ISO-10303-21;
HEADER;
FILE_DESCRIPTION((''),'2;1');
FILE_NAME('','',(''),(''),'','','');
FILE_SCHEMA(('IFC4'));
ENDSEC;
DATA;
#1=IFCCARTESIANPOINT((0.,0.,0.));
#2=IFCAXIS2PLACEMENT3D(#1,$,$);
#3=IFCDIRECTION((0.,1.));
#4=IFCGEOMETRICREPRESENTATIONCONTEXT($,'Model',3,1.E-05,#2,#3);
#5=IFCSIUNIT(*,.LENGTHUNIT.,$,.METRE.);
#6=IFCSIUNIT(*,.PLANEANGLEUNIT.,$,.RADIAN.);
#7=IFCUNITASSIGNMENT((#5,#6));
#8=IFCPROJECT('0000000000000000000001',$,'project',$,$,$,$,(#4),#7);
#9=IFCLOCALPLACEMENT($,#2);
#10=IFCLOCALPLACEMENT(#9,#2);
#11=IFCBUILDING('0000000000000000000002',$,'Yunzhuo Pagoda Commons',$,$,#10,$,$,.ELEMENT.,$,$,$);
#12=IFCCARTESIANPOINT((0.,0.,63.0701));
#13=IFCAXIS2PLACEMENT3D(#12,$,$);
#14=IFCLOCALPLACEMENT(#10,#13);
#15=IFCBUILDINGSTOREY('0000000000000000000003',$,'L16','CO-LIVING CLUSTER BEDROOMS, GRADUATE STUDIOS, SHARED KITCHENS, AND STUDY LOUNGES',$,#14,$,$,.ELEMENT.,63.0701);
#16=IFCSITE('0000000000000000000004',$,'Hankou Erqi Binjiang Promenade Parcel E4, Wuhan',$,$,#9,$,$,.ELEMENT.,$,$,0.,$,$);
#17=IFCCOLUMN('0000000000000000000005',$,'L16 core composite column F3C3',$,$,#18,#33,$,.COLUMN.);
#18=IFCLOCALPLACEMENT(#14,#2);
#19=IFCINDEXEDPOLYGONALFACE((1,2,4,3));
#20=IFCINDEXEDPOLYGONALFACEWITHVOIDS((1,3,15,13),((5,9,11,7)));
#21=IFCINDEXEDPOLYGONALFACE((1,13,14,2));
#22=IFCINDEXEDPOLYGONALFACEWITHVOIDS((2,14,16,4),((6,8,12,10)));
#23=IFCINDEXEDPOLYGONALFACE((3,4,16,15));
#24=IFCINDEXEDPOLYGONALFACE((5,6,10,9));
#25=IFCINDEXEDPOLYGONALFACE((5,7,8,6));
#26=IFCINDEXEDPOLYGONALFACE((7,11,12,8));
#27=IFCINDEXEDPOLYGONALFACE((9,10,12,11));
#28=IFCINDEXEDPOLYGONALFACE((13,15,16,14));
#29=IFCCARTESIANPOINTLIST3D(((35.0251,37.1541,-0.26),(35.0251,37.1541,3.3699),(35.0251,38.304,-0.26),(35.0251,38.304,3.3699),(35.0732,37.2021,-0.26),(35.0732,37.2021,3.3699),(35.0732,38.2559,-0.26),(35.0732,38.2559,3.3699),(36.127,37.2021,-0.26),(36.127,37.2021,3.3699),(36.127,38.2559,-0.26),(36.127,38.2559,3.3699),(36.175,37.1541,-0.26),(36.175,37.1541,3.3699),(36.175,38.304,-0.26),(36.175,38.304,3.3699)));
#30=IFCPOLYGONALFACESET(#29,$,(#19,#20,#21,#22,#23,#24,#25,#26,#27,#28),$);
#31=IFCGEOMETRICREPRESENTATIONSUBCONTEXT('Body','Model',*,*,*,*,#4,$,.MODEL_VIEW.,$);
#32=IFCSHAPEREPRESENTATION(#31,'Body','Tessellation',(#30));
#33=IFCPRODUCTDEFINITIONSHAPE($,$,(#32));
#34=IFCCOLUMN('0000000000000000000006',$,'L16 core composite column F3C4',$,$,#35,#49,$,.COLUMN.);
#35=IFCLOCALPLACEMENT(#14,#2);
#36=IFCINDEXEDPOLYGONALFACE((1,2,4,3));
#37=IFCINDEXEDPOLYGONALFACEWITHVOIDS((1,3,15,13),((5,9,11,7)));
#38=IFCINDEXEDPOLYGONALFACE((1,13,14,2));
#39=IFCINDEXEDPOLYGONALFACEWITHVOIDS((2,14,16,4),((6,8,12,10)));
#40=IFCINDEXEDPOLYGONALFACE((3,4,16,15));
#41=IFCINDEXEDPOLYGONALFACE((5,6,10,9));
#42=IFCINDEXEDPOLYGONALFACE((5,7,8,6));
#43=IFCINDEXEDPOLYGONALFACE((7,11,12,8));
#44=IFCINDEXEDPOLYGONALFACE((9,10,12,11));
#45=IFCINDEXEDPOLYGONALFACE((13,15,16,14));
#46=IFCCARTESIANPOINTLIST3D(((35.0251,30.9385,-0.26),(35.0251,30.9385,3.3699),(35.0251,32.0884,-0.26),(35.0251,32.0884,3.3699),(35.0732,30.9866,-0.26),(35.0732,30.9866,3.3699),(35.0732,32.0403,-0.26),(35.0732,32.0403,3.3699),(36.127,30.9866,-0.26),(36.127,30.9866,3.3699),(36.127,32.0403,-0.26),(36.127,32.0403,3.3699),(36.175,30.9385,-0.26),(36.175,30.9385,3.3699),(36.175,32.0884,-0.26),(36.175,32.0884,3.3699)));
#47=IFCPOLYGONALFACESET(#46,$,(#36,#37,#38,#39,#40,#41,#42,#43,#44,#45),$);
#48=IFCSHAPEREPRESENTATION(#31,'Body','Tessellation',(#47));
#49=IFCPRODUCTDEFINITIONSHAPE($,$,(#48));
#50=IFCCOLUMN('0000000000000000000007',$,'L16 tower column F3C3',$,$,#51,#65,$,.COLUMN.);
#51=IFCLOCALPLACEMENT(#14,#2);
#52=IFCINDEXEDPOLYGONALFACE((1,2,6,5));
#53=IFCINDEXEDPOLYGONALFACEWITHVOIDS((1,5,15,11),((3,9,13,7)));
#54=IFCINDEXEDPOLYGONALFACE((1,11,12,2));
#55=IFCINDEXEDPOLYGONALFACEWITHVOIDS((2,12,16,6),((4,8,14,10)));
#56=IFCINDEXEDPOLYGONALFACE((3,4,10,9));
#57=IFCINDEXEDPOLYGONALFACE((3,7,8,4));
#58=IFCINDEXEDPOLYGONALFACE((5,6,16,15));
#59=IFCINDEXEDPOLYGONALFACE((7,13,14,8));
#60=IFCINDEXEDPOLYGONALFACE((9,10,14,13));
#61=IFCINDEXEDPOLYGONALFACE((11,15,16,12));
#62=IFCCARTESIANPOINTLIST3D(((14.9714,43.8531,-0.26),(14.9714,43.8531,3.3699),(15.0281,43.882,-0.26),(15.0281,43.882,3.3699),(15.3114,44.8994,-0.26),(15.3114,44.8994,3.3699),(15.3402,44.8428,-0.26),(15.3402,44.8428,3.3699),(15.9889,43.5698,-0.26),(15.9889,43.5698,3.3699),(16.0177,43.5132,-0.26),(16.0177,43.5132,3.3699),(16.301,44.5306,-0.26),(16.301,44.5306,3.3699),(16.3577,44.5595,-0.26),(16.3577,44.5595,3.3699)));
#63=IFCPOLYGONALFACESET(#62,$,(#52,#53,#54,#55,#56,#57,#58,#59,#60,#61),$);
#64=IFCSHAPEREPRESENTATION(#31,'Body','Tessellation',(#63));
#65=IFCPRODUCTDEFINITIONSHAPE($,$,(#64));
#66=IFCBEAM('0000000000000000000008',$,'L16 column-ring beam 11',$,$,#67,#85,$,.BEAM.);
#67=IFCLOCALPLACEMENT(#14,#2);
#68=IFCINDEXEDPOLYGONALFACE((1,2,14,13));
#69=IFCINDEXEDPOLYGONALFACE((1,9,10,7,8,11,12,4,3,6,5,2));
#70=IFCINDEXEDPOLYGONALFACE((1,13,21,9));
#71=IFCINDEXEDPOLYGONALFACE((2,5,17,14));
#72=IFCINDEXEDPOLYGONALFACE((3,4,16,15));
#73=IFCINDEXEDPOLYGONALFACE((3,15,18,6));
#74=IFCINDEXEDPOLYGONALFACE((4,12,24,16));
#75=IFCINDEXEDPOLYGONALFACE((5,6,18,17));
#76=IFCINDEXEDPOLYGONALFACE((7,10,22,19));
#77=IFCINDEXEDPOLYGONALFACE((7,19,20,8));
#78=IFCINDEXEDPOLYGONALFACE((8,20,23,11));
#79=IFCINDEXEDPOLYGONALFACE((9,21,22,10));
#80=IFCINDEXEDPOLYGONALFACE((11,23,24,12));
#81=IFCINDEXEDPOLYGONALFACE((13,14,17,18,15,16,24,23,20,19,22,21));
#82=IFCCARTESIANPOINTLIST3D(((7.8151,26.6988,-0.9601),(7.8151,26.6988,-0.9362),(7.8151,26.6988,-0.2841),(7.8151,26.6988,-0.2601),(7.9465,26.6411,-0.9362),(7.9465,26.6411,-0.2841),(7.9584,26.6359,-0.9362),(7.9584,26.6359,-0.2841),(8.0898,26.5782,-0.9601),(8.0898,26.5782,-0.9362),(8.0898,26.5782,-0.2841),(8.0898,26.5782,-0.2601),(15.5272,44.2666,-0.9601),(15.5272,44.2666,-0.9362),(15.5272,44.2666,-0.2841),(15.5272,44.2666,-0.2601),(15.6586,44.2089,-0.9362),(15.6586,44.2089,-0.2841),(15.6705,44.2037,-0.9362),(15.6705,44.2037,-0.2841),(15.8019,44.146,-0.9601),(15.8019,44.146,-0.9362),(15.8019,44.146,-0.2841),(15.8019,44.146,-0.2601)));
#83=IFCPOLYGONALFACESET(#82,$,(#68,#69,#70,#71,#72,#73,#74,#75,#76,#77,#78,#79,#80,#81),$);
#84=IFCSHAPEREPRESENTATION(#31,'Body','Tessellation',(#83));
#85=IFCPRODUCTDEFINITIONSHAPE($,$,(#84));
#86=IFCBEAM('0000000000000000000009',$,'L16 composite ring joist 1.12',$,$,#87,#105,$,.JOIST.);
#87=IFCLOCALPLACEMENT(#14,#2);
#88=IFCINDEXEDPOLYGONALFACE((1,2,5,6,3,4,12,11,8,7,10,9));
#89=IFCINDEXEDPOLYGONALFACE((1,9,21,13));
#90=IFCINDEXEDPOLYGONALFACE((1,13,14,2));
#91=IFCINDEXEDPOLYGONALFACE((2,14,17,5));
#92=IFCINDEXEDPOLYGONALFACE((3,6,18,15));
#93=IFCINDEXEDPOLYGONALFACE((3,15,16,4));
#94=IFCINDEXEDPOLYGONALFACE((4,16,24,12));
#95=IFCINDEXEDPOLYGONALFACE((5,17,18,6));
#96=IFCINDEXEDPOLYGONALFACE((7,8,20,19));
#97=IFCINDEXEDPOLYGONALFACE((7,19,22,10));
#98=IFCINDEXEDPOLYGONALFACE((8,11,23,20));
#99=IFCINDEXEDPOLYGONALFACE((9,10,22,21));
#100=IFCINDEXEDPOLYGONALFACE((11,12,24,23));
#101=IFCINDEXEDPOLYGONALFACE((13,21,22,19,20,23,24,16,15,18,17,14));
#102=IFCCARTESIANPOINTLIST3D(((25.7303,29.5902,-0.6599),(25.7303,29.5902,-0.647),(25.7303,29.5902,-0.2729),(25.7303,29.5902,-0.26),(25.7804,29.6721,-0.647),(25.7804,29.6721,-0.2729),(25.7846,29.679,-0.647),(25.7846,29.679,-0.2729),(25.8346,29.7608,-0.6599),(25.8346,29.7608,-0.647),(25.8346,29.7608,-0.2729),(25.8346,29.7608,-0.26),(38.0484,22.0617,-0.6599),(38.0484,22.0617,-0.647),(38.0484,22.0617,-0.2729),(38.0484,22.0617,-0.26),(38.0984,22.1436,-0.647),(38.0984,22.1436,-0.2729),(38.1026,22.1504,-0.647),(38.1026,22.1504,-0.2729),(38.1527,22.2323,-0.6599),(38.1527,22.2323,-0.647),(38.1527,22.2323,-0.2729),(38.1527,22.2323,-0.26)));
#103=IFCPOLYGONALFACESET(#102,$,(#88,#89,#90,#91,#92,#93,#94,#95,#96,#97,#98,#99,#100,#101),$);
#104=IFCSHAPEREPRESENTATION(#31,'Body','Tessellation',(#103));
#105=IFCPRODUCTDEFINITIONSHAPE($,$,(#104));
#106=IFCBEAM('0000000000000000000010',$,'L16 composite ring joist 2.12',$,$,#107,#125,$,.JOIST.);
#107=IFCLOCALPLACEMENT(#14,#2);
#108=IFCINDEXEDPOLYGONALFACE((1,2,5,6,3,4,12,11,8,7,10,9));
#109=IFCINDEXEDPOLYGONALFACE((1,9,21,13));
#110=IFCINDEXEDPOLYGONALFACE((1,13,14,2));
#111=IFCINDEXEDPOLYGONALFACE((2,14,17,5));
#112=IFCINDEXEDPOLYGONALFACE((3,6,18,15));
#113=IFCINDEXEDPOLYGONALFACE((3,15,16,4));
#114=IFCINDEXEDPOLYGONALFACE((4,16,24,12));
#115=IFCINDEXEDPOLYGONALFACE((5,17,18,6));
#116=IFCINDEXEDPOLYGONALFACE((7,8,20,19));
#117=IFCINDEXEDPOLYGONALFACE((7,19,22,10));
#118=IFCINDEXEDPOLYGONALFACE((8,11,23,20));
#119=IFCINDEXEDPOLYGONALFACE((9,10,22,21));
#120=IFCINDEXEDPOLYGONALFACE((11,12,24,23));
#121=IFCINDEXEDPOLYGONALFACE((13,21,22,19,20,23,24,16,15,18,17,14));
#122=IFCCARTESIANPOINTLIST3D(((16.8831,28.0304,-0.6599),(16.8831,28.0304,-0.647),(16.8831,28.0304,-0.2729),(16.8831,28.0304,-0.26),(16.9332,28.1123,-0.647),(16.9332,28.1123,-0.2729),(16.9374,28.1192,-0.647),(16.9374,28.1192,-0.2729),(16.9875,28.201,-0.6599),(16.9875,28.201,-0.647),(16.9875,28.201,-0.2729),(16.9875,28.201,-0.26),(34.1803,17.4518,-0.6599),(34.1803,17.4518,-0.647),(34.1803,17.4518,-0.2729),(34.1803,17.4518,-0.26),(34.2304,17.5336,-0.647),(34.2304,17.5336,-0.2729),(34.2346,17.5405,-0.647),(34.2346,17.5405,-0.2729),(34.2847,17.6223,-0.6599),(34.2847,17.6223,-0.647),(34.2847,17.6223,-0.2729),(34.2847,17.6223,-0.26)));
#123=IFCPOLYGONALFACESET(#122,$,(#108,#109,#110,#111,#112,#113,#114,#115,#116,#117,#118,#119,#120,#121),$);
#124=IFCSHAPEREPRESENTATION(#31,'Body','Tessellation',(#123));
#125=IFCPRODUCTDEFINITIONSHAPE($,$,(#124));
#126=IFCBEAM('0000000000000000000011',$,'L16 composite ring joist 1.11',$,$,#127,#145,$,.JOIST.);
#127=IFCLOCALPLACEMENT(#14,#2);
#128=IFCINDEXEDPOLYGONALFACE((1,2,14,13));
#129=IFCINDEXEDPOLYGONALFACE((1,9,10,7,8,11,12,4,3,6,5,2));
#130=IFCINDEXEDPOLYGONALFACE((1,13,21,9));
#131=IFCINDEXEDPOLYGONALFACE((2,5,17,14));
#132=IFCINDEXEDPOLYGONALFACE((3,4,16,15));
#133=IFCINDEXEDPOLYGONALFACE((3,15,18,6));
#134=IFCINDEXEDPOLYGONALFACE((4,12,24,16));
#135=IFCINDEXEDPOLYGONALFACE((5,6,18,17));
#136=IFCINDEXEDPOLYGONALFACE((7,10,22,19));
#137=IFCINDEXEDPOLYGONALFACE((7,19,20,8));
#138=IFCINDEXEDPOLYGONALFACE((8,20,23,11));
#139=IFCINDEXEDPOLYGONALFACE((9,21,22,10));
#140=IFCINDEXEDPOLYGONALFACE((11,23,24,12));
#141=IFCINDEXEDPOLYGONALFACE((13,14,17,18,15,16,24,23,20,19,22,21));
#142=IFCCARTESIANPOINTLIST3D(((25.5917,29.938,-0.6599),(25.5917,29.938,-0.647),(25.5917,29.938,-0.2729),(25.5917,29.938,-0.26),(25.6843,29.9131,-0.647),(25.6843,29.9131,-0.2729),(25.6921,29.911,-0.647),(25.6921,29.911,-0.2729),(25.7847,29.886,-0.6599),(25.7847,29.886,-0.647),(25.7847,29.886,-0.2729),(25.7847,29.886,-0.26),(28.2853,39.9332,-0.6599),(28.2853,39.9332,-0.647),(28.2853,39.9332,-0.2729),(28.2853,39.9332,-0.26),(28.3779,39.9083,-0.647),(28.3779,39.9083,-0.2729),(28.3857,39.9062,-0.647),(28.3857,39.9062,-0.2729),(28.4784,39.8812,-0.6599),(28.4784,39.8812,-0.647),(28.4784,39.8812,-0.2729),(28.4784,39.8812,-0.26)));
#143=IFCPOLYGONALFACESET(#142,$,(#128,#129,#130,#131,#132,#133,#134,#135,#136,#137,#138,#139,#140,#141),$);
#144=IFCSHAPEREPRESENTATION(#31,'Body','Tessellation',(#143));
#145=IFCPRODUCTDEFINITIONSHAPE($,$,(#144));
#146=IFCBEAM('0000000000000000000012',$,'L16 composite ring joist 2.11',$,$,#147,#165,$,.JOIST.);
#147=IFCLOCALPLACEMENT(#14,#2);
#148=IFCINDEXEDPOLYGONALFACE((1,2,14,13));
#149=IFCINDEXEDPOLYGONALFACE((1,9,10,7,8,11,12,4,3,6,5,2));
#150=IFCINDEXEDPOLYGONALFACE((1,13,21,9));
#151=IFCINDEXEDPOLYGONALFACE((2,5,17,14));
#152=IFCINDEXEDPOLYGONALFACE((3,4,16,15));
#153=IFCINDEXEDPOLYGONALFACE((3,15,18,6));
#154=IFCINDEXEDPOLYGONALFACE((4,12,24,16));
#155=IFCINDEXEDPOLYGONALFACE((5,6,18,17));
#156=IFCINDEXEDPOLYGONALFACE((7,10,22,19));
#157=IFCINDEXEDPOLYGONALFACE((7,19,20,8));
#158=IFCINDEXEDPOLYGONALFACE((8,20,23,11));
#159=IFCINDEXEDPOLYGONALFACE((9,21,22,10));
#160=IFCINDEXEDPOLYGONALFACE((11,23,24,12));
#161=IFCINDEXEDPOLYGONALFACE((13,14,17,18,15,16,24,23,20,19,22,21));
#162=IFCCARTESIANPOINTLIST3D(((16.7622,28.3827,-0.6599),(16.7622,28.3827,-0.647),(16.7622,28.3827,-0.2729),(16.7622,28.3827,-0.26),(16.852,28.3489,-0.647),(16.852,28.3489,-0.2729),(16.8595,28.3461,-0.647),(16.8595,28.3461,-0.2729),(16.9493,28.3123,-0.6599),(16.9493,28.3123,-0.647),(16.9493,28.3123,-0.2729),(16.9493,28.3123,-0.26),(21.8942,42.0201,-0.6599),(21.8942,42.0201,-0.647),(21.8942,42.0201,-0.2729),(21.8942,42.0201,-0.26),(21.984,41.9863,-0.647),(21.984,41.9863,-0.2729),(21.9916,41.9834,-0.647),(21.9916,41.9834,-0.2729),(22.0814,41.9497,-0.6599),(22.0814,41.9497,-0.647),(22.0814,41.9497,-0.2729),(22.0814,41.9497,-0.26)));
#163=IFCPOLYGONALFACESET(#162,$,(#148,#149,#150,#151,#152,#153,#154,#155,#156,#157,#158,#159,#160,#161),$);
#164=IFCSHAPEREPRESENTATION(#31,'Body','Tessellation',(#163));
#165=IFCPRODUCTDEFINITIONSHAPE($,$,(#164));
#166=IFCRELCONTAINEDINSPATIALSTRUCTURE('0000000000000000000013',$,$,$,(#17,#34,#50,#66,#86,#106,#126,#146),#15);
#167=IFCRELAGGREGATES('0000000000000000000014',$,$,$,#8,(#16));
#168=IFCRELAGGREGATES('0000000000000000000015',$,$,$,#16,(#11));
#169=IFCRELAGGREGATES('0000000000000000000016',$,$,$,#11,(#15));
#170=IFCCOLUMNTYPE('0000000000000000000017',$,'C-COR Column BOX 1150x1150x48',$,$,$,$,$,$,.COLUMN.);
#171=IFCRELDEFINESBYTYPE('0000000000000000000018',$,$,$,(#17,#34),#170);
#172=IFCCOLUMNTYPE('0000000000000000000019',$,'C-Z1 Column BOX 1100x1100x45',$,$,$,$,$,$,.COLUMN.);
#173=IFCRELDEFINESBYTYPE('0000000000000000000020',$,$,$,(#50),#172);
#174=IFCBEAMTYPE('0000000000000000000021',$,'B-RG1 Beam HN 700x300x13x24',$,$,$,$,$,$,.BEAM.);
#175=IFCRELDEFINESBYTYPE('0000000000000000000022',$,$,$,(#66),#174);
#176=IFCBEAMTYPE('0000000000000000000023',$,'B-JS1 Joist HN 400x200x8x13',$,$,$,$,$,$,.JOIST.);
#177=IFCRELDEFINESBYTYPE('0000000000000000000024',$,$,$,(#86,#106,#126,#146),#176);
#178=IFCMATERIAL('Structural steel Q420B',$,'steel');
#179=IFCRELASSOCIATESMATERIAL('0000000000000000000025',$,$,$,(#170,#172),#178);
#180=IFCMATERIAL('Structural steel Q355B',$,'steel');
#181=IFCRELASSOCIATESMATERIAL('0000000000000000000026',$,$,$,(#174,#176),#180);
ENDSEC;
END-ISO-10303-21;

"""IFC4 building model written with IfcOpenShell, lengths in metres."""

from ifc_helpers import new_model, si_unit, direction, frame, origin, origin_2d, place, context, subcontext, project, spatial, hollow_rectangle, i_section, extrude, source, transform, mapped, material, material_profile, profile_set, type_object, element, save


model = new_model("IFC4")

# Units and contexts
model_context = context("Model", 3, precision=1e-05, world=origin(), true_north=direction((0.0, 1.0)))
body_context = subcontext(model_context, "Body", "Model", "MODEL_VIEW")
ifc_project = project(units=[si_unit("LENGTHUNIT", "METRE"), si_unit("PLANEANGLEUNIT", "RADIAN")], contexts=[model_context])

# Site, building, storey
site_placement = place(None, origin())
site = spatial("IfcSite", under=ifc_project, at=site_placement, Name="Hankou Erqi Binjiang Promenade Parcel E4, Wuhan", CompositionType="ELEMENT", RefElevation=0.0)
building_placement = place(site_placement, origin())
building = spatial("IfcBuilding", under=site, at=building_placement, Name="Yunzhuo Pagoda Commons", CompositionType="ELEMENT")
storey_placement = place(building_placement, frame((0.0, 0.0, 63.0701)))
storey = spatial("IfcBuildingStorey", under=building, at=storey_placement, Name="L16", Description="CO-LIVING CLUSTER BEDROOMS, GRADUATE STUDIOS, SHARED KITCHENS, AND STUDY LOUNGES", CompositionType="ELEMENT", Elevation=63.0701)

# Columns
ifc_material_1 = material(Name="Structural steel Q420B", Category="steel")
ifc_material_profile_1 = material_profile(ifc_material_1, hollow_rectangle(XDim=1.1499, YDim=1.1499, WallThickness=0.0481, at=origin_2d()), Name="Structural steel Q420B")
ifc_profile_set_1 = profile_set([ifc_material_profile_1], Name="Structural steel Q420B")
column_type_1 = type_object("IfcColumnType", Name="C-COR Column BOX 1150x1150x48", PredefinedType="COLUMN", material=ifc_profile_set_1)
shared_shape_1 = source(origin(), body_context, "Body", "SweptSolid", [
    extrude(hollow_rectangle(XDim=1.1499, YDim=1.1499, WallThickness=0.0481, at=origin_2d()), origin(), (0.0, 0.0, 1.0), 3.6299),
])
for number, where, z_axis, x_axis, name in (
    (1, (35.6001, 37.729, -0.26), (0.0, 0.0, 1.0), (1.0, 0.0, 0.0), "L16 core composite column F3C3"),
    (2, (35.6001, 31.5134, -0.26), (0.0, 0.0, 1.0), (1.0, 0.0, 0.0), "L16 core composite column F3C4"),
):
    element("IfcColumn", number, at=place(storey_placement, frame(where, z_axis=z_axis, x_axis=x_axis)), inside=storey, type_object=column_type_1, Name=name, PredefinedType="COLUMN", context=body_context, shape_type="MappedRepresentation", body=[
        mapped(shared_shape_1, transform((0.0, 0.0, 0.0), scale=1.0)),
    ])
ifc_material_profile_2 = material_profile(ifc_material_1, hollow_rectangle(XDim=1.1001, YDim=1.1001, WallThickness=0.0449, at=origin_2d()), Name="Structural steel Q420B")
ifc_profile_set_2 = profile_set([ifc_material_profile_2], Name="Structural steel Q420B")
column_type_2 = type_object("IfcColumnType", Name="C-Z1 Column BOX 1100x1100x45", PredefinedType="COLUMN", material=ifc_profile_set_2)
shared_shape_2 = source(origin(), body_context, "Body", "SweptSolid", [
    extrude(hollow_rectangle(XDim=1.1001, YDim=1.1001, WallThickness=0.0449, at=origin_2d()), origin(), (0.0, 0.0, 1.0), 3.6299),
])
column_placement = place(storey_placement, frame((15.6646, 44.2063, -0.26), z_axis=(0.0, 0.0, 1.0), x_axis=(-0.309017, -0.951057, 0.0)))
element("IfcColumn", 3, at=column_placement, inside=storey, type_object=column_type_2, Name="L16 tower column F3C3", PredefinedType="COLUMN", context=body_context, shape_type="MappedRepresentation", body=[
    mapped(shared_shape_2, transform((0.0, 0.0, 0.0), scale=1.0)),
])

# Beams
ifc_material_2 = material(Name="Structural steel Q355B", Category="steel")
ifc_material_profile_3 = material_profile(ifc_material_2, i_section(OverallWidth=0.3, OverallDepth=0.7, WebThickness=0.0129, FlangeThickness=0.0239, at=origin_2d()), Name="Structural steel Q355B")
ifc_profile_set_3 = profile_set([ifc_material_profile_3], Name="Structural steel Q355B")
beam_type_1 = type_object("IfcBeamType", Name="B-RG1 Beam HN 700x300x13x24", PredefinedType="BEAM", material=ifc_profile_set_3)
shared_shape_3 = source(origin(), body_context, "Body", "SweptSolid", [
    extrude(i_section(OverallWidth=0.3, OverallDepth=0.7, WebThickness=0.0129, FlangeThickness=0.0239, at=origin_2d()), origin(), (0.0, 0.0, 1.0), 19.186),
])
beam_1_placement = place(storey_placement, frame((15.6646, 44.2063, -0.6101), z_axis=(-0.401965, -0.915655, 0.0), x_axis=(0.915655, -0.401965, 0.0)))
element("IfcBeam", 4, at=beam_1_placement, inside=storey, type_object=beam_type_1, Name="L16 column-ring beam 11", PredefinedType="BEAM", context=body_context, shape_type="MappedRepresentation", body=[
    mapped(shared_shape_3, transform((0.0, 0.0, 0.0), scale=1.0)),
])
ifc_material_profile_4 = material_profile(ifc_material_2, i_section(OverallWidth=0.2, OverallDepth=0.3999, WebThickness=0.0081, FlangeThickness=0.0129, at=origin_2d()), Name="Structural steel Q355B")
ifc_profile_set_4 = profile_set([ifc_material_profile_4], Name="Structural steel Q355B")
beam_type_2 = type_object("IfcBeamType", Name="B-JS1 Joist HN 400x200x8x13", PredefinedType="JOIST", material=ifc_profile_set_4)
shared_shape_4 = source(origin(), body_context, "Body", "SweptSolid", [
    extrude(i_section(OverallWidth=0.2, OverallDepth=0.3999, WebThickness=0.0081, FlangeThickness=0.0129, at=origin_2d()), origin(), (0.0, 0.0, 1.0), 14.4365),
])
beam_2_placement = place(storey_placement, frame((25.7825, 29.6755, -0.46), z_axis=(0.853256, -0.521492, 0.0), x_axis=(0.521492, 0.853256, 0.0)))
element("IfcBeam", 5, at=beam_2_placement, inside=storey, type_object=beam_type_2, Name="L16 composite ring joist 1.12", PredefinedType="JOIST", context=body_context, shape_type="MappedRepresentation", body=[
    mapped(shared_shape_4, transform((0.0, 0.0, 0.0), scale=1.0)),
])
shared_shape_5 = source(origin(), body_context, "Body", "SweptSolid", [
    extrude(i_section(OverallWidth=0.2, OverallDepth=0.3999, WebThickness=0.0081, FlangeThickness=0.0129, at=origin_2d()), origin(), (0.0, 0.0, 1.0), 20.2756),
])
beam_3_placement = place(storey_placement, frame((16.9353, 28.1157, -0.46), z_axis=(0.853103, -0.521743, 0.0), x_axis=(0.521743, 0.853103, 0.0)))
element("IfcBeam", 6, at=beam_3_placement, inside=storey, type_object=beam_type_2, Name="L16 composite ring joist 2.12", PredefinedType="JOIST", context=body_context, shape_type="MappedRepresentation", body=[
    mapped(shared_shape_5, transform((0.0, 0.0, 0.0), scale=1.0)),
])
shared_shape_6 = source(origin(), body_context, "Body", "SweptSolid", [
    extrude(i_section(OverallWidth=0.2, OverallDepth=0.3999, WebThickness=0.0081, FlangeThickness=0.0129, at=origin_2d()), origin(), (0.0, 0.0, 1.0), 10.3518),
])
beam_4_placement = place(storey_placement, frame((28.3818, 39.9072, -0.46), z_axis=(-0.260209, -0.965552, 0.0), x_axis=(0.965552, -0.260209, 0.0)))
element("IfcBeam", 7, at=beam_4_placement, inside=storey, type_object=beam_type_2, Name="L16 composite ring joist 1.11", PredefinedType="JOIST", context=body_context, shape_type="MappedRepresentation", body=[
    mapped(shared_shape_6, transform((0.0, 0.0, 0.0), scale=1.0)),
])
shared_shape_7 = source(origin(), body_context, "Body", "SweptSolid", [
    extrude(i_section(OverallWidth=0.2, OverallDepth=0.3999, WebThickness=0.0081, FlangeThickness=0.0129, at=origin_2d()), origin(), (0.0, 0.0, 1.0), 14.571),
])
beam_5_placement = place(storey_placement, frame((21.9878, 41.9849, -0.46), z_axis=(-0.352208, -0.935922, 0.0), x_axis=(0.935922, -0.352208, 0.0)))
element("IfcBeam", 8, at=beam_5_placement, inside=storey, type_object=beam_type_2, Name="L16 composite ring joist 2.11", PredefinedType="JOIST", context=body_context, shape_type="MappedRepresentation", body=[
    mapped(shared_shape_7, transform((0.0, 0.0, 0.0), scale=1.0)),
])

save(model, "model.ifc")
